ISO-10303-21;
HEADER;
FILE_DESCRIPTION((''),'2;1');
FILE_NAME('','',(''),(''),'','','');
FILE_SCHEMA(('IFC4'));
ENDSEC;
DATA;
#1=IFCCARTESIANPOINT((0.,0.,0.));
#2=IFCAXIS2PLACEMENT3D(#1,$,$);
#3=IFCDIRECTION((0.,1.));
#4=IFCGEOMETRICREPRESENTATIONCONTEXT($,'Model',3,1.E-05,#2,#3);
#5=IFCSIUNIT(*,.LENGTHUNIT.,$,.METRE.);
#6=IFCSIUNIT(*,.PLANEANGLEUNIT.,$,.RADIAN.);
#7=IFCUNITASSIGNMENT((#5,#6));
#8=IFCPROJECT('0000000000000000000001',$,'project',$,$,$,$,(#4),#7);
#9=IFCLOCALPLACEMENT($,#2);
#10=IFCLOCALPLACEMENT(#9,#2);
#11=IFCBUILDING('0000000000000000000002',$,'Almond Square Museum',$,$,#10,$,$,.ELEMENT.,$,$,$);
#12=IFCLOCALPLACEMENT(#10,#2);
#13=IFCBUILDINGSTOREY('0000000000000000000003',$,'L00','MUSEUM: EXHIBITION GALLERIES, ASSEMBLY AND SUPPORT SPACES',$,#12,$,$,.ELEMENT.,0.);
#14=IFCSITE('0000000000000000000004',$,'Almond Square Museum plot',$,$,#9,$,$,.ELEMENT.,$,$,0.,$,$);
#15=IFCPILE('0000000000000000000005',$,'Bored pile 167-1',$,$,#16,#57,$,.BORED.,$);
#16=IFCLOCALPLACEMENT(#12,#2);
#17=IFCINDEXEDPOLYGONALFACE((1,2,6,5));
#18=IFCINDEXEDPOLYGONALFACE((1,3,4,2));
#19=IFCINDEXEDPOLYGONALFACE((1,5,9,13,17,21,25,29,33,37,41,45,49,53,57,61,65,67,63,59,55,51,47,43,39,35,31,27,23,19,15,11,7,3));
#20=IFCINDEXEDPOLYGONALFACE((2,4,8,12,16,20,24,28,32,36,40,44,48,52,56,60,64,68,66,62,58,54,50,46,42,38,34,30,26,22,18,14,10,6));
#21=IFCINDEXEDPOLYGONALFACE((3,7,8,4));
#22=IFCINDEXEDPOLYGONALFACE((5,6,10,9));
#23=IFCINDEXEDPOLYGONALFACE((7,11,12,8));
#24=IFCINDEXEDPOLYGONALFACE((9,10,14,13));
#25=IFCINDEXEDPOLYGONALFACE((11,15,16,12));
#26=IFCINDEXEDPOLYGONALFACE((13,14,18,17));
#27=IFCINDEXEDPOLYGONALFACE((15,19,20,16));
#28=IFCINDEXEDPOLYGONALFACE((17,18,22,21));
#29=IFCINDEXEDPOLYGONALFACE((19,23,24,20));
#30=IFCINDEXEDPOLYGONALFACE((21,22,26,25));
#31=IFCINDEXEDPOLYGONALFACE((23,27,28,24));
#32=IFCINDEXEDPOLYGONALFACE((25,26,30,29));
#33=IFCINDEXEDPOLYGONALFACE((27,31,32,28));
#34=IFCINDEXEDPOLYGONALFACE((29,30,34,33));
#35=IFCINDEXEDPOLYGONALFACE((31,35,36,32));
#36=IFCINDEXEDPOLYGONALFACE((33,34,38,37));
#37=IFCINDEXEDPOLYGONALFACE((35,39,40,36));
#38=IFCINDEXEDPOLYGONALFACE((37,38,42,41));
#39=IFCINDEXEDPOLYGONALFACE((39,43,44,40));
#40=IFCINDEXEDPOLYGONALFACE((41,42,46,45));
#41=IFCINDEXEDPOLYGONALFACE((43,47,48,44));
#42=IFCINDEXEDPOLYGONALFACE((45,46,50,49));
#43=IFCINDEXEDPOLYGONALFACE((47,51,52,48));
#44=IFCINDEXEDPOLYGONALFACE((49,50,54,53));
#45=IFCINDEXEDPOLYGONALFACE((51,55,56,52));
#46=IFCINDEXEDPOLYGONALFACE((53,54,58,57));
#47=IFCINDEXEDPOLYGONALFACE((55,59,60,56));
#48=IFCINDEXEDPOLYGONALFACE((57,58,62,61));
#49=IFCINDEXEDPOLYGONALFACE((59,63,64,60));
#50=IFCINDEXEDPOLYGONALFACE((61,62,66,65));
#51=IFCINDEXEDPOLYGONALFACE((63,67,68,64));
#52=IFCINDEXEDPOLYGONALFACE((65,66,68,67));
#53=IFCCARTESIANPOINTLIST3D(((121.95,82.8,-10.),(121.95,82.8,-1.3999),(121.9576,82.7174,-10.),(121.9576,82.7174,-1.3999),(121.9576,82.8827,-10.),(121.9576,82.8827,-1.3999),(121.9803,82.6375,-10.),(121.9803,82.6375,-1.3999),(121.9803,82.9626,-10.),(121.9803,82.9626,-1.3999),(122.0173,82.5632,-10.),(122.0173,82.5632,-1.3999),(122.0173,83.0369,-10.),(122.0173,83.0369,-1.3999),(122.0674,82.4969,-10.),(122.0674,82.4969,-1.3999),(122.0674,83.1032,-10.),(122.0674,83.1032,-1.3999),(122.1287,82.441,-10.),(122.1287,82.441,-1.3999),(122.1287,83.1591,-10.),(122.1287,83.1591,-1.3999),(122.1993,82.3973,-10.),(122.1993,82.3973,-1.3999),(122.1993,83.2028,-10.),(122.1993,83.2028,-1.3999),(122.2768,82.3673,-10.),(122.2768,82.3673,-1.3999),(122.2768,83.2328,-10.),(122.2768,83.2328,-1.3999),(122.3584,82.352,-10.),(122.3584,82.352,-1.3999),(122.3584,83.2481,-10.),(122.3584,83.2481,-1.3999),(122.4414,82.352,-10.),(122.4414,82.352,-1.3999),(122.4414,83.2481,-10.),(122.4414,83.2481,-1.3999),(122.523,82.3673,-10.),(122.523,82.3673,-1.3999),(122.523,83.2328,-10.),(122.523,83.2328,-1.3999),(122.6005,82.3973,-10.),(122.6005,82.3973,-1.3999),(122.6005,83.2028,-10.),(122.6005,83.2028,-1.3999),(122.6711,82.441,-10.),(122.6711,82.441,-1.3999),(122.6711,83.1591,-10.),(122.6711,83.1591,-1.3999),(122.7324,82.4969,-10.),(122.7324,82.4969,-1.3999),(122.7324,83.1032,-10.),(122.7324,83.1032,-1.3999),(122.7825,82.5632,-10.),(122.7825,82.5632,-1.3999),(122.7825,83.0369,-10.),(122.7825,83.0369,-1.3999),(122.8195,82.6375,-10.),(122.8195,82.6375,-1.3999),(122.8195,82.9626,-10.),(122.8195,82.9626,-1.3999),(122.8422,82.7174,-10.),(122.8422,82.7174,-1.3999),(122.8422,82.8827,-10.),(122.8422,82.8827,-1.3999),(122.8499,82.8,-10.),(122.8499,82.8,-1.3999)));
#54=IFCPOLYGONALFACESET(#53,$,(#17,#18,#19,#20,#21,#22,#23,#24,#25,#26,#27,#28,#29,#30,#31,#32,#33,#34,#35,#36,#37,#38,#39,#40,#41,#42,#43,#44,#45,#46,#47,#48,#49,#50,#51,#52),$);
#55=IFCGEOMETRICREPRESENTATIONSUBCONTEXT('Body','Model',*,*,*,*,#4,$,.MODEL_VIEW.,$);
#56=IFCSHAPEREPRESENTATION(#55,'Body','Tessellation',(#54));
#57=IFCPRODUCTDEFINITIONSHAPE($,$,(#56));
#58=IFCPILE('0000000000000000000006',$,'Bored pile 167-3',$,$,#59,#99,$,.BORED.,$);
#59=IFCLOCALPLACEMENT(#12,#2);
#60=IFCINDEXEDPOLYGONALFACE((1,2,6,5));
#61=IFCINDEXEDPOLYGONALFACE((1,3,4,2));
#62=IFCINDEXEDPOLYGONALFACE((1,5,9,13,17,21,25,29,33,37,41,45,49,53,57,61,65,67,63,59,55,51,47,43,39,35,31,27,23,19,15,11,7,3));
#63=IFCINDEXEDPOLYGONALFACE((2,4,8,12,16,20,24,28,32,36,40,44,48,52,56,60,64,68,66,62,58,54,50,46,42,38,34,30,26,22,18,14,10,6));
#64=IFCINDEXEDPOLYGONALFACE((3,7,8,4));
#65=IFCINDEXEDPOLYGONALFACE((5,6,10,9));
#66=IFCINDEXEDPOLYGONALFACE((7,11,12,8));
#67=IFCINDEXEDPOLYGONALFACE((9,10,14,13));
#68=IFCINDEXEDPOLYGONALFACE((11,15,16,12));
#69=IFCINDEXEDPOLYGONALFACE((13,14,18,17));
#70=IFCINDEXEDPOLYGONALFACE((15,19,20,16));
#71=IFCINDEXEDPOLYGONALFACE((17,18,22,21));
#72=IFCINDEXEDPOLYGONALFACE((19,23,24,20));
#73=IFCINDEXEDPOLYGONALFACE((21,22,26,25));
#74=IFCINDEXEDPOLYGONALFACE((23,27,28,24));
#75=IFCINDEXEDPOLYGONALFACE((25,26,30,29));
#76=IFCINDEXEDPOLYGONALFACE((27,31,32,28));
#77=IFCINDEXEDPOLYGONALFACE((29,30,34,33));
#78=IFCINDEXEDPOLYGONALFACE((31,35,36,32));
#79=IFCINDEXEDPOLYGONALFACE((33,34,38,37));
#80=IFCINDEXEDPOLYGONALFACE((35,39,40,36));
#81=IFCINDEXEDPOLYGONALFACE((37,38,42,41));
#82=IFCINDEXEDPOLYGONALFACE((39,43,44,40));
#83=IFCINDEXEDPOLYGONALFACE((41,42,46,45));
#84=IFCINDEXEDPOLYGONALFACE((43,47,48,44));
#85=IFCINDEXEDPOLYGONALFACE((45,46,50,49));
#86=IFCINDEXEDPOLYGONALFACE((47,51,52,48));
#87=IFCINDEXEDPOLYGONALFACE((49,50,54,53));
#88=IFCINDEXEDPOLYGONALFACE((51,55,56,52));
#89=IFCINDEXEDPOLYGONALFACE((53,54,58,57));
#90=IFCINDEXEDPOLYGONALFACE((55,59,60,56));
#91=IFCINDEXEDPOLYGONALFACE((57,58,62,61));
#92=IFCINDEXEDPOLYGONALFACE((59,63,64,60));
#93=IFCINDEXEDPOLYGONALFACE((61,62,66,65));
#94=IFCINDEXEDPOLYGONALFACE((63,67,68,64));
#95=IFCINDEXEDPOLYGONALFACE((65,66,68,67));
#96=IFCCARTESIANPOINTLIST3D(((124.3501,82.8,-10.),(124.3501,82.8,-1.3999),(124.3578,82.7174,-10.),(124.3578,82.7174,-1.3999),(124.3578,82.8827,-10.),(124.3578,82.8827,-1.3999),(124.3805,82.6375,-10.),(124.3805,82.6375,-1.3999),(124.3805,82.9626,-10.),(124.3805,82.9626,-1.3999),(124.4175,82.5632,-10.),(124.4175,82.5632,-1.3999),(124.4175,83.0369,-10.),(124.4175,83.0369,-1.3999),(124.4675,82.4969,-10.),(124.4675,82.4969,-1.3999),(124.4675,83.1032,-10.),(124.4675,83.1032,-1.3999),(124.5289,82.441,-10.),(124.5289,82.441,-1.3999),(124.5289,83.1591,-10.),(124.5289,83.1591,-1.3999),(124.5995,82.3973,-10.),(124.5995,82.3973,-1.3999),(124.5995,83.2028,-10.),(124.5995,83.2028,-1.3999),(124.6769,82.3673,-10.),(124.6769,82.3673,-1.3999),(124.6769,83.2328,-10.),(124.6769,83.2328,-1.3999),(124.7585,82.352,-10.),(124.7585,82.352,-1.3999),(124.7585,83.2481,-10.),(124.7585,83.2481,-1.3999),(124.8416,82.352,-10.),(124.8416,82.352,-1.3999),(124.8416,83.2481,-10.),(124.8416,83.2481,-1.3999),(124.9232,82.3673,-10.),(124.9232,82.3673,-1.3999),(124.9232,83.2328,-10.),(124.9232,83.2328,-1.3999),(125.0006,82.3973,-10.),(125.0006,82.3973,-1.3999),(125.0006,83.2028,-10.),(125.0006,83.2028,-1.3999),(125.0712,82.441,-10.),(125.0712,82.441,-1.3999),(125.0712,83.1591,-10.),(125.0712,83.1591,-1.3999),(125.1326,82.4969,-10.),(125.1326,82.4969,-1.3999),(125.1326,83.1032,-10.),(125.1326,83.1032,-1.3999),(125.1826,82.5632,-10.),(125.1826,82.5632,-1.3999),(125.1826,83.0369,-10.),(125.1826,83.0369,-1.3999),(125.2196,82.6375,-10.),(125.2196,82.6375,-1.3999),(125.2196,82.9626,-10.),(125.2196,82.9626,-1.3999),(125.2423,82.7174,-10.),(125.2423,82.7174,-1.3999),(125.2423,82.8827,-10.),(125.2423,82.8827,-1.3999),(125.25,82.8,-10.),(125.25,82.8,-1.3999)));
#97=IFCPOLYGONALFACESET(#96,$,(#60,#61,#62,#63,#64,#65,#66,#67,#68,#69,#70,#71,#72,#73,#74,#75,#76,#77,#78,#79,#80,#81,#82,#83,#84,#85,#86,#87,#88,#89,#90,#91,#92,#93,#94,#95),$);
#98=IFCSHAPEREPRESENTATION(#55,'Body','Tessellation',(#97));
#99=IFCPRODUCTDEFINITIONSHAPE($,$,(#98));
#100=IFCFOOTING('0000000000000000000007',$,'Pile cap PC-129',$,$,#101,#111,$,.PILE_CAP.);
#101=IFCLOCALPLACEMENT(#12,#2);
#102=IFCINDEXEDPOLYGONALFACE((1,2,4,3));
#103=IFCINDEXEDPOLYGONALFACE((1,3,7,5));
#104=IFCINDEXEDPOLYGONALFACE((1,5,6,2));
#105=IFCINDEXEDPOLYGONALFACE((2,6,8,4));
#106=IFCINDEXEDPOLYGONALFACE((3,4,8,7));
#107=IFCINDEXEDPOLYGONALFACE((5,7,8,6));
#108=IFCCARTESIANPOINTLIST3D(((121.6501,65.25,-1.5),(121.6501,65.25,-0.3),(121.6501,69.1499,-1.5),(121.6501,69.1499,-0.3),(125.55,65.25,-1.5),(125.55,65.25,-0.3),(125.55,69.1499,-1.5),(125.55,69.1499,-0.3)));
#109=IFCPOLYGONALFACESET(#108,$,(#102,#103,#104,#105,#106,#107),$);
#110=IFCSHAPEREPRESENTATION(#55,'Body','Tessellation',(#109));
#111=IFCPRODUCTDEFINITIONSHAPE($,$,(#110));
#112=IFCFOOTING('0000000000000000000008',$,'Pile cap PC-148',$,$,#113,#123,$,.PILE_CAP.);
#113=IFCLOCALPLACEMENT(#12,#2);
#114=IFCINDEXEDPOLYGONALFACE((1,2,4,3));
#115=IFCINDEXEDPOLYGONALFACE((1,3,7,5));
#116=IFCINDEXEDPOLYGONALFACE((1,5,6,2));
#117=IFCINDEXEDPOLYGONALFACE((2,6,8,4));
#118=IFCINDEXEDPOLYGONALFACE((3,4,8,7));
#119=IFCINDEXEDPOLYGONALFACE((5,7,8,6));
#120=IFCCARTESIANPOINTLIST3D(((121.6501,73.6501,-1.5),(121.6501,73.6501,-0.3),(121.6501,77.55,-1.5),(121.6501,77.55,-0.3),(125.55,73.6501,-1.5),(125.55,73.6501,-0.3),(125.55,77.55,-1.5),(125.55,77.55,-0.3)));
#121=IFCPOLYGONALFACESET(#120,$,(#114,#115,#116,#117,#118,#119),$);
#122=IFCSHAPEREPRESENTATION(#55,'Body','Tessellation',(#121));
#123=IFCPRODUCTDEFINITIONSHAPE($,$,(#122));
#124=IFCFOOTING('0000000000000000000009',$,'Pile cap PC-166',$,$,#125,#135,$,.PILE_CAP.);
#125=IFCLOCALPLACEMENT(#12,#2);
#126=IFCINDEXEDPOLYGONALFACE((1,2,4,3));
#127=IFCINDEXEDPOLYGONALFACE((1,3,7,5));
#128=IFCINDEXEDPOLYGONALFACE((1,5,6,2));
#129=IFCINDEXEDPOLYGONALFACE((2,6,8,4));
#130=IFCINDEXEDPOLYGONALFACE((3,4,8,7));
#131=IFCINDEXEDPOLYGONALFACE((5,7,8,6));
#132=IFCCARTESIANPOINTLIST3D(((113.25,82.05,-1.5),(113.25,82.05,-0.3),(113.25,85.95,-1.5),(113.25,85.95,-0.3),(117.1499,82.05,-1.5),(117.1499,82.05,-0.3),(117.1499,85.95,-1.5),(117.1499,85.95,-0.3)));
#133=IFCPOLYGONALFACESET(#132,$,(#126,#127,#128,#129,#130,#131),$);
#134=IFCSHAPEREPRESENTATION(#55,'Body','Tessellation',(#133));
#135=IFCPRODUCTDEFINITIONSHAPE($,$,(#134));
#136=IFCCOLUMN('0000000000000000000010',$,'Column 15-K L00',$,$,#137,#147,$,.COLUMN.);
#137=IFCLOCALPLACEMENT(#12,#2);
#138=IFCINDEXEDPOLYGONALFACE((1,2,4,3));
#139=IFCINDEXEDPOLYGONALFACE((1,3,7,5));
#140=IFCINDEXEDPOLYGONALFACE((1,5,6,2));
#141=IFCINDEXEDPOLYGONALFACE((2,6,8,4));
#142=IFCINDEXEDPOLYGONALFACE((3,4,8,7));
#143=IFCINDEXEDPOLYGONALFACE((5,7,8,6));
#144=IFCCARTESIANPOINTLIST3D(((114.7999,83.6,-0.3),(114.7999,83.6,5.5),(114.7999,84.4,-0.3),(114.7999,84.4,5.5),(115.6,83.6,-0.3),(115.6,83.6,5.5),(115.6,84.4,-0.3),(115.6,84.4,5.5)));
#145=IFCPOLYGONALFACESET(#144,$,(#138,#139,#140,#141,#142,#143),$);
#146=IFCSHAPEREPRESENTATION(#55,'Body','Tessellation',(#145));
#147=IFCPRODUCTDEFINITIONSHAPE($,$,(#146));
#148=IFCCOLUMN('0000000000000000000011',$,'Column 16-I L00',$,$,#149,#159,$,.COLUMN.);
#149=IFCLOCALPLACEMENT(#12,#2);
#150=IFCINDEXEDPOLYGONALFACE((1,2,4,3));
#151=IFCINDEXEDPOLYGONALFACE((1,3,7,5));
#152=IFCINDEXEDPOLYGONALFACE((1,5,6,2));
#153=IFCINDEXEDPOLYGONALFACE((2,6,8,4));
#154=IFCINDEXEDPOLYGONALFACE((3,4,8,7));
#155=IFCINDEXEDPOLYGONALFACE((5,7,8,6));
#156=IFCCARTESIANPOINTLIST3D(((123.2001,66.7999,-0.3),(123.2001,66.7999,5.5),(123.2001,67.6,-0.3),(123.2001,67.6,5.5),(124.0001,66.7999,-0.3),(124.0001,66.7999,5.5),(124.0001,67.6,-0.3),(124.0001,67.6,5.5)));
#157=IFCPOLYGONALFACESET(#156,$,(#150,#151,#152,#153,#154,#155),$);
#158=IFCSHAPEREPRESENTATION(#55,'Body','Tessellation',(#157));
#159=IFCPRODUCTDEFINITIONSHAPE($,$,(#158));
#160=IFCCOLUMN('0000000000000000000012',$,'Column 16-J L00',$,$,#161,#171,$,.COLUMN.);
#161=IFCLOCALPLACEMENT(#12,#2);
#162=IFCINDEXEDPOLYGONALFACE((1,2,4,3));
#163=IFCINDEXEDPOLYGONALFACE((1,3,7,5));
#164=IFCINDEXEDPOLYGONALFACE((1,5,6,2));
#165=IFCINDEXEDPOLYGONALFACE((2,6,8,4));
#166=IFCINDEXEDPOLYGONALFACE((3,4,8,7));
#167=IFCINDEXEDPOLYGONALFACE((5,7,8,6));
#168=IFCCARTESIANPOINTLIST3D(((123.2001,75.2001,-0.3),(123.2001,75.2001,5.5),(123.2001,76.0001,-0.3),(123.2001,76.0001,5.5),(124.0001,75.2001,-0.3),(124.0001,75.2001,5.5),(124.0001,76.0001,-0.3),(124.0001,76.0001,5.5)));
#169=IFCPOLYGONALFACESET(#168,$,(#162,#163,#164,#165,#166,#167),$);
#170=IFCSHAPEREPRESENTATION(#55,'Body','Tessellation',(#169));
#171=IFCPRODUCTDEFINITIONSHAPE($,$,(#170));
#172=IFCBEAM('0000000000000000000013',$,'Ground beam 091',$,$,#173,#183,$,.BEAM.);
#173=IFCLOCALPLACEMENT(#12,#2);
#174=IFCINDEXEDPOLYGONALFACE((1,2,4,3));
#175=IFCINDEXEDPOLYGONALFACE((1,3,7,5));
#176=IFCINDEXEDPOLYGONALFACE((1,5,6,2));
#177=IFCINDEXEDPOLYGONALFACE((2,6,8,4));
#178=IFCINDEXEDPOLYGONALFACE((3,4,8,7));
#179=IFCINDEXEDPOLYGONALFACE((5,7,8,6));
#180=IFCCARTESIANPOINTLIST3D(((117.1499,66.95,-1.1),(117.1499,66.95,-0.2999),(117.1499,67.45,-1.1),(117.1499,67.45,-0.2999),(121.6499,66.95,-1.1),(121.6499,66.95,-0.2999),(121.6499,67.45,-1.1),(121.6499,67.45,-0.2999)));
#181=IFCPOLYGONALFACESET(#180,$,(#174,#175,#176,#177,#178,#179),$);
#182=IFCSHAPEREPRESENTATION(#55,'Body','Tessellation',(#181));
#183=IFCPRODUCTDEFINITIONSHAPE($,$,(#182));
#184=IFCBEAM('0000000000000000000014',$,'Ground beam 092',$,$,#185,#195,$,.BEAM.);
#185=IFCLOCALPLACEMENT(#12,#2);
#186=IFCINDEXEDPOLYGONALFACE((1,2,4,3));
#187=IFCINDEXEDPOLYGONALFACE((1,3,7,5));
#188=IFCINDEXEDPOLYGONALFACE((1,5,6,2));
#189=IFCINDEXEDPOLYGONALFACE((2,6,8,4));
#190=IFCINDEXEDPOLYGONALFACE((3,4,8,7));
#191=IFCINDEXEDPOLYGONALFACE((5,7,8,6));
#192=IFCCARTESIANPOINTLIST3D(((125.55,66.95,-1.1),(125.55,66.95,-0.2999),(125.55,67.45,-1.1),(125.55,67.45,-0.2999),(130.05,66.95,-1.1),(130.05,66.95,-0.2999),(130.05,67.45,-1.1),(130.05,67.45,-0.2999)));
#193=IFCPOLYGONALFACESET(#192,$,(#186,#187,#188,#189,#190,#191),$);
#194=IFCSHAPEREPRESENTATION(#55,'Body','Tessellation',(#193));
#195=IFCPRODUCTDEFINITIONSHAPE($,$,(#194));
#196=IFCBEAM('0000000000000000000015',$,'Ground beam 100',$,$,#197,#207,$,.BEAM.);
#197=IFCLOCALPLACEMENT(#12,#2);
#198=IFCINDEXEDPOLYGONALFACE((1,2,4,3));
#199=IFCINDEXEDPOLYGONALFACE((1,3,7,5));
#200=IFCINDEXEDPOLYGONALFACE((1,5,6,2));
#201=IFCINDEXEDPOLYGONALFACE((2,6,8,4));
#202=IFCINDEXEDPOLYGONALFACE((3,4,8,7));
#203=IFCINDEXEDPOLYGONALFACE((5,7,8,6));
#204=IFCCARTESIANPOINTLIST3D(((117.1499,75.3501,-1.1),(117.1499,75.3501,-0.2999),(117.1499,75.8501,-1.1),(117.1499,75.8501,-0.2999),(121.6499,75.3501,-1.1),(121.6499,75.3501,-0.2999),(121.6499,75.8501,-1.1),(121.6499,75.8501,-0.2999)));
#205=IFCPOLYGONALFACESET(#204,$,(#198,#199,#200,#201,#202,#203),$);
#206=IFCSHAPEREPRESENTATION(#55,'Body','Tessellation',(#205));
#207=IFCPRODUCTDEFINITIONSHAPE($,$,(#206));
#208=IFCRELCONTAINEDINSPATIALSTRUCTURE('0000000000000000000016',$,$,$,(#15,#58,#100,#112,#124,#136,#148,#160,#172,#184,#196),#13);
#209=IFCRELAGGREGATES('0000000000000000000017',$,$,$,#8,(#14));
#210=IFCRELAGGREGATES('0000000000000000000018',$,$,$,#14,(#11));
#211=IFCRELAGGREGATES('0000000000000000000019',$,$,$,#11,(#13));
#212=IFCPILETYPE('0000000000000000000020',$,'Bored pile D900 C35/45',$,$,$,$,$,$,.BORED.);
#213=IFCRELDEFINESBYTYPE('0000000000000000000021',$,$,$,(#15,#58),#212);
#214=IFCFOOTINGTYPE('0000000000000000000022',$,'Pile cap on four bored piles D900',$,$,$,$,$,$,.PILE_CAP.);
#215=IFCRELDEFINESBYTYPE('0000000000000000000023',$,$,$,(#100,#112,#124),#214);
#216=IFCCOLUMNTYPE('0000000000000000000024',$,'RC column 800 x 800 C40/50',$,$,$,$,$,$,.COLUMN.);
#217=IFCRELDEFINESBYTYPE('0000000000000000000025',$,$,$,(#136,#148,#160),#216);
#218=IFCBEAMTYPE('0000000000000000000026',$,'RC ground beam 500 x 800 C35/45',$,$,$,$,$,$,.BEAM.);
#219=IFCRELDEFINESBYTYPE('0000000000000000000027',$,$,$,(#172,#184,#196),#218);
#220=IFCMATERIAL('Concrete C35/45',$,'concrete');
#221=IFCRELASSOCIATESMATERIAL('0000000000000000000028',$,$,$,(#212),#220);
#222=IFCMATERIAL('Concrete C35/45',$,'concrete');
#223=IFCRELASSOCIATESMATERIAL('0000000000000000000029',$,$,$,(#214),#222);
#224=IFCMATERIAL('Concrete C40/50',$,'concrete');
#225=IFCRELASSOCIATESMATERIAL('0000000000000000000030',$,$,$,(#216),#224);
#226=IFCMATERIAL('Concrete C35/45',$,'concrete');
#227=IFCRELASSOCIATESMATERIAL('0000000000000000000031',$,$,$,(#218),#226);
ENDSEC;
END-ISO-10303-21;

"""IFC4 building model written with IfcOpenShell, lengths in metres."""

from ifc_helpers import new_model, si_unit, direction, frame, origin, origin_2d, place, context, subcontext, project, spatial, rectangle, circle, extrude, material, material_profile, profile_set, type_object, element, save


model = new_model("IFC4")

# Units and contexts
model_context = context("Model", 3, precision=1e-05, world=origin(), true_north=direction((0.0, 1.0)))
body_context = subcontext(model_context, "Body", "Model", "MODEL_VIEW")
ifc_project = project(units=[si_unit("LENGTHUNIT", "METRE"), si_unit("PLANEANGLEUNIT", "RADIAN")], contexts=[model_context])

# Site, building, storey
site_placement = place(None, origin())
site = spatial("IfcSite", under=ifc_project, at=site_placement, Name="Almond Square Museum plot", CompositionType="ELEMENT", RefElevation=0.0)
building_placement = place(site_placement, origin())
building = spatial("IfcBuilding", under=site, at=building_placement, Name="Almond Square Museum", CompositionType="ELEMENT")
storey_placement = place(building_placement, origin())
storey = spatial("IfcBuildingStorey", under=building, at=storey_placement, Name="L00", Description="MUSEUM: EXHIBITION GALLERIES, ASSEMBLY AND SUPPORT SPACES", CompositionType="ELEMENT", Elevation=0.0)

# Piles
ifc_material_1 = material(Name="Concrete C35/45", Category="concrete")
ifc_material_profile_1 = material_profile(ifc_material_1, circle(Radius=0.45, at=origin_2d()))
ifc_profile_set_1 = profile_set([ifc_material_profile_1], Name="Concrete C35/45")
pile_type = type_object("IfcPileType", Name="Bored pile D900 C35/45", PredefinedType="BORED", material=ifc_profile_set_1)
for number, where, z_axis, x_axis, name in (
    (1, (122.3999, 82.8, -1.3999), (0.0, 0.0, -1.0), (1.0, 0.0, 0.0), "Bored pile 167-1"),
    (2, (124.8, 82.8, -1.3999), (0.0, 0.0, -1.0), (1.0, 0.0, 0.0), "Bored pile 167-3"),
):
    element("IfcPile", number, at=place(storey_placement, frame(where, z_axis=z_axis, x_axis=x_axis)), inside=storey, type_object=pile_type, Name=name, PredefinedType="BORED", context=body_context, shape_type="SweptSolid", body=[
        extrude(circle(Radius=0.45, at=origin_2d()), origin(), (0.0, 0.0, 1.0), 8.6001),
    ])

# Footings
ifc_material_2 = material(Name="Concrete C35/45", Category="concrete")
footing_type = type_object("IfcFootingType", Name="Pile cap on four bored piles D900", PredefinedType="PILE_CAP", material=ifc_material_2)
for number, where, z_axis, x_axis, name in (
    (3, (123.6001, 67.2, -1.5), (0.0, 0.0, 1.0), (1.0, 0.0, 0.0), "Pile cap PC-129"),
    (4, (123.6001, 75.6001, -1.5), (0.0, 0.0, 1.0), (1.0, 0.0, 0.0), "Pile cap PC-148"),
    (5, (115.2, 84.0, -1.5), (0.0, 0.0, 1.0), (1.0, 0.0, 0.0), "Pile cap PC-166"),
):
    element("IfcFooting", number, at=place(storey_placement, frame(where, z_axis=z_axis, x_axis=x_axis)), inside=storey, type_object=footing_type, Name=name, PredefinedType="PILE_CAP", context=body_context, shape_type="SweptSolid", body=[
        extrude(rectangle(XDim=3.8999, YDim=3.8999, at=origin_2d()), origin(), (0.0, 0.0, 1.0), 1.2),
    ])

# Columns
ifc_material_3 = material(Name="Concrete C40/50", Category="concrete")
ifc_material_profile_2 = material_profile(ifc_material_3, rectangle(XDim=0.8, YDim=0.8, at=origin_2d()))
ifc_profile_set_2 = profile_set([ifc_material_profile_2], Name="Concrete C40/50")
column_type = type_object("IfcColumnType", Name="RC column 800 x 800 C40/50", PredefinedType="COLUMN", material=ifc_profile_set_2)
for number, where, z_axis, x_axis, name in (
    (6, (115.2, 84.0, -0.3), (0.0, 0.0, 1.0), (1.0, 0.0, 0.0), "Column 15-K L00"),
    (7, (123.6001, 67.2, -0.3), (0.0, 0.0, 1.0), (1.0, 0.0, 0.0), "Column 16-I L00"),
    (8, (123.6001, 75.6001, -0.3), (0.0, 0.0, 1.0), (1.0, 0.0, 0.0), "Column 16-J L00"),
):
    element("IfcColumn", number, at=place(storey_placement, frame(where, z_axis=z_axis, x_axis=x_axis)), inside=storey, type_object=column_type, Name=name, PredefinedType="COLUMN", context=body_context, shape_type="SweptSolid", body=[
        extrude(rectangle(XDim=0.8, YDim=0.8, at=origin_2d()), origin(), (0.0, 0.0, 1.0), 5.8),
    ])

# Beams
ifc_material_4 = material(Name="Concrete C35/45", Category="concrete")
ifc_material_profile_3 = material_profile(ifc_material_4, rectangle(XDim=0.5, YDim=0.8, at=origin_2d()))
ifc_profile_set_3 = profile_set([ifc_material_profile_3], Name="Concrete C35/45")
beam_type = type_object("IfcBeamType", Name="RC ground beam 500 x 800 C35/45", PredefinedType="BEAM", material=ifc_profile_set_3)
for number, where, z_axis, x_axis, name in (
    (9, (117.1499, 67.2, -0.7), (1.0, 0.0, 0.0), (0.0, 1.0, 0.0), "Ground beam 091"),
    (10, (125.55, 67.2, -0.7), (1.0, 0.0, 0.0), (0.0, 1.0, 0.0), "Ground beam 092"),
    (11, (117.1499, 75.6001, -0.7), (1.0, 0.0, 0.0), (0.0, 1.0, 0.0), "Ground beam 100"),
):
    element("IfcBeam", number, at=place(storey_placement, frame(where, z_axis=z_axis, x_axis=x_axis)), inside=storey, type_object=beam_type, Name=name, PredefinedType="BEAM", context=body_context, shape_type="SweptSolid", body=[
        extrude(rectangle(XDim=0.5, YDim=0.8, at=origin_2d()), origin(), (0.0, 0.0, 1.0), 4.5),
    ])

save(model, "model.ifc")
